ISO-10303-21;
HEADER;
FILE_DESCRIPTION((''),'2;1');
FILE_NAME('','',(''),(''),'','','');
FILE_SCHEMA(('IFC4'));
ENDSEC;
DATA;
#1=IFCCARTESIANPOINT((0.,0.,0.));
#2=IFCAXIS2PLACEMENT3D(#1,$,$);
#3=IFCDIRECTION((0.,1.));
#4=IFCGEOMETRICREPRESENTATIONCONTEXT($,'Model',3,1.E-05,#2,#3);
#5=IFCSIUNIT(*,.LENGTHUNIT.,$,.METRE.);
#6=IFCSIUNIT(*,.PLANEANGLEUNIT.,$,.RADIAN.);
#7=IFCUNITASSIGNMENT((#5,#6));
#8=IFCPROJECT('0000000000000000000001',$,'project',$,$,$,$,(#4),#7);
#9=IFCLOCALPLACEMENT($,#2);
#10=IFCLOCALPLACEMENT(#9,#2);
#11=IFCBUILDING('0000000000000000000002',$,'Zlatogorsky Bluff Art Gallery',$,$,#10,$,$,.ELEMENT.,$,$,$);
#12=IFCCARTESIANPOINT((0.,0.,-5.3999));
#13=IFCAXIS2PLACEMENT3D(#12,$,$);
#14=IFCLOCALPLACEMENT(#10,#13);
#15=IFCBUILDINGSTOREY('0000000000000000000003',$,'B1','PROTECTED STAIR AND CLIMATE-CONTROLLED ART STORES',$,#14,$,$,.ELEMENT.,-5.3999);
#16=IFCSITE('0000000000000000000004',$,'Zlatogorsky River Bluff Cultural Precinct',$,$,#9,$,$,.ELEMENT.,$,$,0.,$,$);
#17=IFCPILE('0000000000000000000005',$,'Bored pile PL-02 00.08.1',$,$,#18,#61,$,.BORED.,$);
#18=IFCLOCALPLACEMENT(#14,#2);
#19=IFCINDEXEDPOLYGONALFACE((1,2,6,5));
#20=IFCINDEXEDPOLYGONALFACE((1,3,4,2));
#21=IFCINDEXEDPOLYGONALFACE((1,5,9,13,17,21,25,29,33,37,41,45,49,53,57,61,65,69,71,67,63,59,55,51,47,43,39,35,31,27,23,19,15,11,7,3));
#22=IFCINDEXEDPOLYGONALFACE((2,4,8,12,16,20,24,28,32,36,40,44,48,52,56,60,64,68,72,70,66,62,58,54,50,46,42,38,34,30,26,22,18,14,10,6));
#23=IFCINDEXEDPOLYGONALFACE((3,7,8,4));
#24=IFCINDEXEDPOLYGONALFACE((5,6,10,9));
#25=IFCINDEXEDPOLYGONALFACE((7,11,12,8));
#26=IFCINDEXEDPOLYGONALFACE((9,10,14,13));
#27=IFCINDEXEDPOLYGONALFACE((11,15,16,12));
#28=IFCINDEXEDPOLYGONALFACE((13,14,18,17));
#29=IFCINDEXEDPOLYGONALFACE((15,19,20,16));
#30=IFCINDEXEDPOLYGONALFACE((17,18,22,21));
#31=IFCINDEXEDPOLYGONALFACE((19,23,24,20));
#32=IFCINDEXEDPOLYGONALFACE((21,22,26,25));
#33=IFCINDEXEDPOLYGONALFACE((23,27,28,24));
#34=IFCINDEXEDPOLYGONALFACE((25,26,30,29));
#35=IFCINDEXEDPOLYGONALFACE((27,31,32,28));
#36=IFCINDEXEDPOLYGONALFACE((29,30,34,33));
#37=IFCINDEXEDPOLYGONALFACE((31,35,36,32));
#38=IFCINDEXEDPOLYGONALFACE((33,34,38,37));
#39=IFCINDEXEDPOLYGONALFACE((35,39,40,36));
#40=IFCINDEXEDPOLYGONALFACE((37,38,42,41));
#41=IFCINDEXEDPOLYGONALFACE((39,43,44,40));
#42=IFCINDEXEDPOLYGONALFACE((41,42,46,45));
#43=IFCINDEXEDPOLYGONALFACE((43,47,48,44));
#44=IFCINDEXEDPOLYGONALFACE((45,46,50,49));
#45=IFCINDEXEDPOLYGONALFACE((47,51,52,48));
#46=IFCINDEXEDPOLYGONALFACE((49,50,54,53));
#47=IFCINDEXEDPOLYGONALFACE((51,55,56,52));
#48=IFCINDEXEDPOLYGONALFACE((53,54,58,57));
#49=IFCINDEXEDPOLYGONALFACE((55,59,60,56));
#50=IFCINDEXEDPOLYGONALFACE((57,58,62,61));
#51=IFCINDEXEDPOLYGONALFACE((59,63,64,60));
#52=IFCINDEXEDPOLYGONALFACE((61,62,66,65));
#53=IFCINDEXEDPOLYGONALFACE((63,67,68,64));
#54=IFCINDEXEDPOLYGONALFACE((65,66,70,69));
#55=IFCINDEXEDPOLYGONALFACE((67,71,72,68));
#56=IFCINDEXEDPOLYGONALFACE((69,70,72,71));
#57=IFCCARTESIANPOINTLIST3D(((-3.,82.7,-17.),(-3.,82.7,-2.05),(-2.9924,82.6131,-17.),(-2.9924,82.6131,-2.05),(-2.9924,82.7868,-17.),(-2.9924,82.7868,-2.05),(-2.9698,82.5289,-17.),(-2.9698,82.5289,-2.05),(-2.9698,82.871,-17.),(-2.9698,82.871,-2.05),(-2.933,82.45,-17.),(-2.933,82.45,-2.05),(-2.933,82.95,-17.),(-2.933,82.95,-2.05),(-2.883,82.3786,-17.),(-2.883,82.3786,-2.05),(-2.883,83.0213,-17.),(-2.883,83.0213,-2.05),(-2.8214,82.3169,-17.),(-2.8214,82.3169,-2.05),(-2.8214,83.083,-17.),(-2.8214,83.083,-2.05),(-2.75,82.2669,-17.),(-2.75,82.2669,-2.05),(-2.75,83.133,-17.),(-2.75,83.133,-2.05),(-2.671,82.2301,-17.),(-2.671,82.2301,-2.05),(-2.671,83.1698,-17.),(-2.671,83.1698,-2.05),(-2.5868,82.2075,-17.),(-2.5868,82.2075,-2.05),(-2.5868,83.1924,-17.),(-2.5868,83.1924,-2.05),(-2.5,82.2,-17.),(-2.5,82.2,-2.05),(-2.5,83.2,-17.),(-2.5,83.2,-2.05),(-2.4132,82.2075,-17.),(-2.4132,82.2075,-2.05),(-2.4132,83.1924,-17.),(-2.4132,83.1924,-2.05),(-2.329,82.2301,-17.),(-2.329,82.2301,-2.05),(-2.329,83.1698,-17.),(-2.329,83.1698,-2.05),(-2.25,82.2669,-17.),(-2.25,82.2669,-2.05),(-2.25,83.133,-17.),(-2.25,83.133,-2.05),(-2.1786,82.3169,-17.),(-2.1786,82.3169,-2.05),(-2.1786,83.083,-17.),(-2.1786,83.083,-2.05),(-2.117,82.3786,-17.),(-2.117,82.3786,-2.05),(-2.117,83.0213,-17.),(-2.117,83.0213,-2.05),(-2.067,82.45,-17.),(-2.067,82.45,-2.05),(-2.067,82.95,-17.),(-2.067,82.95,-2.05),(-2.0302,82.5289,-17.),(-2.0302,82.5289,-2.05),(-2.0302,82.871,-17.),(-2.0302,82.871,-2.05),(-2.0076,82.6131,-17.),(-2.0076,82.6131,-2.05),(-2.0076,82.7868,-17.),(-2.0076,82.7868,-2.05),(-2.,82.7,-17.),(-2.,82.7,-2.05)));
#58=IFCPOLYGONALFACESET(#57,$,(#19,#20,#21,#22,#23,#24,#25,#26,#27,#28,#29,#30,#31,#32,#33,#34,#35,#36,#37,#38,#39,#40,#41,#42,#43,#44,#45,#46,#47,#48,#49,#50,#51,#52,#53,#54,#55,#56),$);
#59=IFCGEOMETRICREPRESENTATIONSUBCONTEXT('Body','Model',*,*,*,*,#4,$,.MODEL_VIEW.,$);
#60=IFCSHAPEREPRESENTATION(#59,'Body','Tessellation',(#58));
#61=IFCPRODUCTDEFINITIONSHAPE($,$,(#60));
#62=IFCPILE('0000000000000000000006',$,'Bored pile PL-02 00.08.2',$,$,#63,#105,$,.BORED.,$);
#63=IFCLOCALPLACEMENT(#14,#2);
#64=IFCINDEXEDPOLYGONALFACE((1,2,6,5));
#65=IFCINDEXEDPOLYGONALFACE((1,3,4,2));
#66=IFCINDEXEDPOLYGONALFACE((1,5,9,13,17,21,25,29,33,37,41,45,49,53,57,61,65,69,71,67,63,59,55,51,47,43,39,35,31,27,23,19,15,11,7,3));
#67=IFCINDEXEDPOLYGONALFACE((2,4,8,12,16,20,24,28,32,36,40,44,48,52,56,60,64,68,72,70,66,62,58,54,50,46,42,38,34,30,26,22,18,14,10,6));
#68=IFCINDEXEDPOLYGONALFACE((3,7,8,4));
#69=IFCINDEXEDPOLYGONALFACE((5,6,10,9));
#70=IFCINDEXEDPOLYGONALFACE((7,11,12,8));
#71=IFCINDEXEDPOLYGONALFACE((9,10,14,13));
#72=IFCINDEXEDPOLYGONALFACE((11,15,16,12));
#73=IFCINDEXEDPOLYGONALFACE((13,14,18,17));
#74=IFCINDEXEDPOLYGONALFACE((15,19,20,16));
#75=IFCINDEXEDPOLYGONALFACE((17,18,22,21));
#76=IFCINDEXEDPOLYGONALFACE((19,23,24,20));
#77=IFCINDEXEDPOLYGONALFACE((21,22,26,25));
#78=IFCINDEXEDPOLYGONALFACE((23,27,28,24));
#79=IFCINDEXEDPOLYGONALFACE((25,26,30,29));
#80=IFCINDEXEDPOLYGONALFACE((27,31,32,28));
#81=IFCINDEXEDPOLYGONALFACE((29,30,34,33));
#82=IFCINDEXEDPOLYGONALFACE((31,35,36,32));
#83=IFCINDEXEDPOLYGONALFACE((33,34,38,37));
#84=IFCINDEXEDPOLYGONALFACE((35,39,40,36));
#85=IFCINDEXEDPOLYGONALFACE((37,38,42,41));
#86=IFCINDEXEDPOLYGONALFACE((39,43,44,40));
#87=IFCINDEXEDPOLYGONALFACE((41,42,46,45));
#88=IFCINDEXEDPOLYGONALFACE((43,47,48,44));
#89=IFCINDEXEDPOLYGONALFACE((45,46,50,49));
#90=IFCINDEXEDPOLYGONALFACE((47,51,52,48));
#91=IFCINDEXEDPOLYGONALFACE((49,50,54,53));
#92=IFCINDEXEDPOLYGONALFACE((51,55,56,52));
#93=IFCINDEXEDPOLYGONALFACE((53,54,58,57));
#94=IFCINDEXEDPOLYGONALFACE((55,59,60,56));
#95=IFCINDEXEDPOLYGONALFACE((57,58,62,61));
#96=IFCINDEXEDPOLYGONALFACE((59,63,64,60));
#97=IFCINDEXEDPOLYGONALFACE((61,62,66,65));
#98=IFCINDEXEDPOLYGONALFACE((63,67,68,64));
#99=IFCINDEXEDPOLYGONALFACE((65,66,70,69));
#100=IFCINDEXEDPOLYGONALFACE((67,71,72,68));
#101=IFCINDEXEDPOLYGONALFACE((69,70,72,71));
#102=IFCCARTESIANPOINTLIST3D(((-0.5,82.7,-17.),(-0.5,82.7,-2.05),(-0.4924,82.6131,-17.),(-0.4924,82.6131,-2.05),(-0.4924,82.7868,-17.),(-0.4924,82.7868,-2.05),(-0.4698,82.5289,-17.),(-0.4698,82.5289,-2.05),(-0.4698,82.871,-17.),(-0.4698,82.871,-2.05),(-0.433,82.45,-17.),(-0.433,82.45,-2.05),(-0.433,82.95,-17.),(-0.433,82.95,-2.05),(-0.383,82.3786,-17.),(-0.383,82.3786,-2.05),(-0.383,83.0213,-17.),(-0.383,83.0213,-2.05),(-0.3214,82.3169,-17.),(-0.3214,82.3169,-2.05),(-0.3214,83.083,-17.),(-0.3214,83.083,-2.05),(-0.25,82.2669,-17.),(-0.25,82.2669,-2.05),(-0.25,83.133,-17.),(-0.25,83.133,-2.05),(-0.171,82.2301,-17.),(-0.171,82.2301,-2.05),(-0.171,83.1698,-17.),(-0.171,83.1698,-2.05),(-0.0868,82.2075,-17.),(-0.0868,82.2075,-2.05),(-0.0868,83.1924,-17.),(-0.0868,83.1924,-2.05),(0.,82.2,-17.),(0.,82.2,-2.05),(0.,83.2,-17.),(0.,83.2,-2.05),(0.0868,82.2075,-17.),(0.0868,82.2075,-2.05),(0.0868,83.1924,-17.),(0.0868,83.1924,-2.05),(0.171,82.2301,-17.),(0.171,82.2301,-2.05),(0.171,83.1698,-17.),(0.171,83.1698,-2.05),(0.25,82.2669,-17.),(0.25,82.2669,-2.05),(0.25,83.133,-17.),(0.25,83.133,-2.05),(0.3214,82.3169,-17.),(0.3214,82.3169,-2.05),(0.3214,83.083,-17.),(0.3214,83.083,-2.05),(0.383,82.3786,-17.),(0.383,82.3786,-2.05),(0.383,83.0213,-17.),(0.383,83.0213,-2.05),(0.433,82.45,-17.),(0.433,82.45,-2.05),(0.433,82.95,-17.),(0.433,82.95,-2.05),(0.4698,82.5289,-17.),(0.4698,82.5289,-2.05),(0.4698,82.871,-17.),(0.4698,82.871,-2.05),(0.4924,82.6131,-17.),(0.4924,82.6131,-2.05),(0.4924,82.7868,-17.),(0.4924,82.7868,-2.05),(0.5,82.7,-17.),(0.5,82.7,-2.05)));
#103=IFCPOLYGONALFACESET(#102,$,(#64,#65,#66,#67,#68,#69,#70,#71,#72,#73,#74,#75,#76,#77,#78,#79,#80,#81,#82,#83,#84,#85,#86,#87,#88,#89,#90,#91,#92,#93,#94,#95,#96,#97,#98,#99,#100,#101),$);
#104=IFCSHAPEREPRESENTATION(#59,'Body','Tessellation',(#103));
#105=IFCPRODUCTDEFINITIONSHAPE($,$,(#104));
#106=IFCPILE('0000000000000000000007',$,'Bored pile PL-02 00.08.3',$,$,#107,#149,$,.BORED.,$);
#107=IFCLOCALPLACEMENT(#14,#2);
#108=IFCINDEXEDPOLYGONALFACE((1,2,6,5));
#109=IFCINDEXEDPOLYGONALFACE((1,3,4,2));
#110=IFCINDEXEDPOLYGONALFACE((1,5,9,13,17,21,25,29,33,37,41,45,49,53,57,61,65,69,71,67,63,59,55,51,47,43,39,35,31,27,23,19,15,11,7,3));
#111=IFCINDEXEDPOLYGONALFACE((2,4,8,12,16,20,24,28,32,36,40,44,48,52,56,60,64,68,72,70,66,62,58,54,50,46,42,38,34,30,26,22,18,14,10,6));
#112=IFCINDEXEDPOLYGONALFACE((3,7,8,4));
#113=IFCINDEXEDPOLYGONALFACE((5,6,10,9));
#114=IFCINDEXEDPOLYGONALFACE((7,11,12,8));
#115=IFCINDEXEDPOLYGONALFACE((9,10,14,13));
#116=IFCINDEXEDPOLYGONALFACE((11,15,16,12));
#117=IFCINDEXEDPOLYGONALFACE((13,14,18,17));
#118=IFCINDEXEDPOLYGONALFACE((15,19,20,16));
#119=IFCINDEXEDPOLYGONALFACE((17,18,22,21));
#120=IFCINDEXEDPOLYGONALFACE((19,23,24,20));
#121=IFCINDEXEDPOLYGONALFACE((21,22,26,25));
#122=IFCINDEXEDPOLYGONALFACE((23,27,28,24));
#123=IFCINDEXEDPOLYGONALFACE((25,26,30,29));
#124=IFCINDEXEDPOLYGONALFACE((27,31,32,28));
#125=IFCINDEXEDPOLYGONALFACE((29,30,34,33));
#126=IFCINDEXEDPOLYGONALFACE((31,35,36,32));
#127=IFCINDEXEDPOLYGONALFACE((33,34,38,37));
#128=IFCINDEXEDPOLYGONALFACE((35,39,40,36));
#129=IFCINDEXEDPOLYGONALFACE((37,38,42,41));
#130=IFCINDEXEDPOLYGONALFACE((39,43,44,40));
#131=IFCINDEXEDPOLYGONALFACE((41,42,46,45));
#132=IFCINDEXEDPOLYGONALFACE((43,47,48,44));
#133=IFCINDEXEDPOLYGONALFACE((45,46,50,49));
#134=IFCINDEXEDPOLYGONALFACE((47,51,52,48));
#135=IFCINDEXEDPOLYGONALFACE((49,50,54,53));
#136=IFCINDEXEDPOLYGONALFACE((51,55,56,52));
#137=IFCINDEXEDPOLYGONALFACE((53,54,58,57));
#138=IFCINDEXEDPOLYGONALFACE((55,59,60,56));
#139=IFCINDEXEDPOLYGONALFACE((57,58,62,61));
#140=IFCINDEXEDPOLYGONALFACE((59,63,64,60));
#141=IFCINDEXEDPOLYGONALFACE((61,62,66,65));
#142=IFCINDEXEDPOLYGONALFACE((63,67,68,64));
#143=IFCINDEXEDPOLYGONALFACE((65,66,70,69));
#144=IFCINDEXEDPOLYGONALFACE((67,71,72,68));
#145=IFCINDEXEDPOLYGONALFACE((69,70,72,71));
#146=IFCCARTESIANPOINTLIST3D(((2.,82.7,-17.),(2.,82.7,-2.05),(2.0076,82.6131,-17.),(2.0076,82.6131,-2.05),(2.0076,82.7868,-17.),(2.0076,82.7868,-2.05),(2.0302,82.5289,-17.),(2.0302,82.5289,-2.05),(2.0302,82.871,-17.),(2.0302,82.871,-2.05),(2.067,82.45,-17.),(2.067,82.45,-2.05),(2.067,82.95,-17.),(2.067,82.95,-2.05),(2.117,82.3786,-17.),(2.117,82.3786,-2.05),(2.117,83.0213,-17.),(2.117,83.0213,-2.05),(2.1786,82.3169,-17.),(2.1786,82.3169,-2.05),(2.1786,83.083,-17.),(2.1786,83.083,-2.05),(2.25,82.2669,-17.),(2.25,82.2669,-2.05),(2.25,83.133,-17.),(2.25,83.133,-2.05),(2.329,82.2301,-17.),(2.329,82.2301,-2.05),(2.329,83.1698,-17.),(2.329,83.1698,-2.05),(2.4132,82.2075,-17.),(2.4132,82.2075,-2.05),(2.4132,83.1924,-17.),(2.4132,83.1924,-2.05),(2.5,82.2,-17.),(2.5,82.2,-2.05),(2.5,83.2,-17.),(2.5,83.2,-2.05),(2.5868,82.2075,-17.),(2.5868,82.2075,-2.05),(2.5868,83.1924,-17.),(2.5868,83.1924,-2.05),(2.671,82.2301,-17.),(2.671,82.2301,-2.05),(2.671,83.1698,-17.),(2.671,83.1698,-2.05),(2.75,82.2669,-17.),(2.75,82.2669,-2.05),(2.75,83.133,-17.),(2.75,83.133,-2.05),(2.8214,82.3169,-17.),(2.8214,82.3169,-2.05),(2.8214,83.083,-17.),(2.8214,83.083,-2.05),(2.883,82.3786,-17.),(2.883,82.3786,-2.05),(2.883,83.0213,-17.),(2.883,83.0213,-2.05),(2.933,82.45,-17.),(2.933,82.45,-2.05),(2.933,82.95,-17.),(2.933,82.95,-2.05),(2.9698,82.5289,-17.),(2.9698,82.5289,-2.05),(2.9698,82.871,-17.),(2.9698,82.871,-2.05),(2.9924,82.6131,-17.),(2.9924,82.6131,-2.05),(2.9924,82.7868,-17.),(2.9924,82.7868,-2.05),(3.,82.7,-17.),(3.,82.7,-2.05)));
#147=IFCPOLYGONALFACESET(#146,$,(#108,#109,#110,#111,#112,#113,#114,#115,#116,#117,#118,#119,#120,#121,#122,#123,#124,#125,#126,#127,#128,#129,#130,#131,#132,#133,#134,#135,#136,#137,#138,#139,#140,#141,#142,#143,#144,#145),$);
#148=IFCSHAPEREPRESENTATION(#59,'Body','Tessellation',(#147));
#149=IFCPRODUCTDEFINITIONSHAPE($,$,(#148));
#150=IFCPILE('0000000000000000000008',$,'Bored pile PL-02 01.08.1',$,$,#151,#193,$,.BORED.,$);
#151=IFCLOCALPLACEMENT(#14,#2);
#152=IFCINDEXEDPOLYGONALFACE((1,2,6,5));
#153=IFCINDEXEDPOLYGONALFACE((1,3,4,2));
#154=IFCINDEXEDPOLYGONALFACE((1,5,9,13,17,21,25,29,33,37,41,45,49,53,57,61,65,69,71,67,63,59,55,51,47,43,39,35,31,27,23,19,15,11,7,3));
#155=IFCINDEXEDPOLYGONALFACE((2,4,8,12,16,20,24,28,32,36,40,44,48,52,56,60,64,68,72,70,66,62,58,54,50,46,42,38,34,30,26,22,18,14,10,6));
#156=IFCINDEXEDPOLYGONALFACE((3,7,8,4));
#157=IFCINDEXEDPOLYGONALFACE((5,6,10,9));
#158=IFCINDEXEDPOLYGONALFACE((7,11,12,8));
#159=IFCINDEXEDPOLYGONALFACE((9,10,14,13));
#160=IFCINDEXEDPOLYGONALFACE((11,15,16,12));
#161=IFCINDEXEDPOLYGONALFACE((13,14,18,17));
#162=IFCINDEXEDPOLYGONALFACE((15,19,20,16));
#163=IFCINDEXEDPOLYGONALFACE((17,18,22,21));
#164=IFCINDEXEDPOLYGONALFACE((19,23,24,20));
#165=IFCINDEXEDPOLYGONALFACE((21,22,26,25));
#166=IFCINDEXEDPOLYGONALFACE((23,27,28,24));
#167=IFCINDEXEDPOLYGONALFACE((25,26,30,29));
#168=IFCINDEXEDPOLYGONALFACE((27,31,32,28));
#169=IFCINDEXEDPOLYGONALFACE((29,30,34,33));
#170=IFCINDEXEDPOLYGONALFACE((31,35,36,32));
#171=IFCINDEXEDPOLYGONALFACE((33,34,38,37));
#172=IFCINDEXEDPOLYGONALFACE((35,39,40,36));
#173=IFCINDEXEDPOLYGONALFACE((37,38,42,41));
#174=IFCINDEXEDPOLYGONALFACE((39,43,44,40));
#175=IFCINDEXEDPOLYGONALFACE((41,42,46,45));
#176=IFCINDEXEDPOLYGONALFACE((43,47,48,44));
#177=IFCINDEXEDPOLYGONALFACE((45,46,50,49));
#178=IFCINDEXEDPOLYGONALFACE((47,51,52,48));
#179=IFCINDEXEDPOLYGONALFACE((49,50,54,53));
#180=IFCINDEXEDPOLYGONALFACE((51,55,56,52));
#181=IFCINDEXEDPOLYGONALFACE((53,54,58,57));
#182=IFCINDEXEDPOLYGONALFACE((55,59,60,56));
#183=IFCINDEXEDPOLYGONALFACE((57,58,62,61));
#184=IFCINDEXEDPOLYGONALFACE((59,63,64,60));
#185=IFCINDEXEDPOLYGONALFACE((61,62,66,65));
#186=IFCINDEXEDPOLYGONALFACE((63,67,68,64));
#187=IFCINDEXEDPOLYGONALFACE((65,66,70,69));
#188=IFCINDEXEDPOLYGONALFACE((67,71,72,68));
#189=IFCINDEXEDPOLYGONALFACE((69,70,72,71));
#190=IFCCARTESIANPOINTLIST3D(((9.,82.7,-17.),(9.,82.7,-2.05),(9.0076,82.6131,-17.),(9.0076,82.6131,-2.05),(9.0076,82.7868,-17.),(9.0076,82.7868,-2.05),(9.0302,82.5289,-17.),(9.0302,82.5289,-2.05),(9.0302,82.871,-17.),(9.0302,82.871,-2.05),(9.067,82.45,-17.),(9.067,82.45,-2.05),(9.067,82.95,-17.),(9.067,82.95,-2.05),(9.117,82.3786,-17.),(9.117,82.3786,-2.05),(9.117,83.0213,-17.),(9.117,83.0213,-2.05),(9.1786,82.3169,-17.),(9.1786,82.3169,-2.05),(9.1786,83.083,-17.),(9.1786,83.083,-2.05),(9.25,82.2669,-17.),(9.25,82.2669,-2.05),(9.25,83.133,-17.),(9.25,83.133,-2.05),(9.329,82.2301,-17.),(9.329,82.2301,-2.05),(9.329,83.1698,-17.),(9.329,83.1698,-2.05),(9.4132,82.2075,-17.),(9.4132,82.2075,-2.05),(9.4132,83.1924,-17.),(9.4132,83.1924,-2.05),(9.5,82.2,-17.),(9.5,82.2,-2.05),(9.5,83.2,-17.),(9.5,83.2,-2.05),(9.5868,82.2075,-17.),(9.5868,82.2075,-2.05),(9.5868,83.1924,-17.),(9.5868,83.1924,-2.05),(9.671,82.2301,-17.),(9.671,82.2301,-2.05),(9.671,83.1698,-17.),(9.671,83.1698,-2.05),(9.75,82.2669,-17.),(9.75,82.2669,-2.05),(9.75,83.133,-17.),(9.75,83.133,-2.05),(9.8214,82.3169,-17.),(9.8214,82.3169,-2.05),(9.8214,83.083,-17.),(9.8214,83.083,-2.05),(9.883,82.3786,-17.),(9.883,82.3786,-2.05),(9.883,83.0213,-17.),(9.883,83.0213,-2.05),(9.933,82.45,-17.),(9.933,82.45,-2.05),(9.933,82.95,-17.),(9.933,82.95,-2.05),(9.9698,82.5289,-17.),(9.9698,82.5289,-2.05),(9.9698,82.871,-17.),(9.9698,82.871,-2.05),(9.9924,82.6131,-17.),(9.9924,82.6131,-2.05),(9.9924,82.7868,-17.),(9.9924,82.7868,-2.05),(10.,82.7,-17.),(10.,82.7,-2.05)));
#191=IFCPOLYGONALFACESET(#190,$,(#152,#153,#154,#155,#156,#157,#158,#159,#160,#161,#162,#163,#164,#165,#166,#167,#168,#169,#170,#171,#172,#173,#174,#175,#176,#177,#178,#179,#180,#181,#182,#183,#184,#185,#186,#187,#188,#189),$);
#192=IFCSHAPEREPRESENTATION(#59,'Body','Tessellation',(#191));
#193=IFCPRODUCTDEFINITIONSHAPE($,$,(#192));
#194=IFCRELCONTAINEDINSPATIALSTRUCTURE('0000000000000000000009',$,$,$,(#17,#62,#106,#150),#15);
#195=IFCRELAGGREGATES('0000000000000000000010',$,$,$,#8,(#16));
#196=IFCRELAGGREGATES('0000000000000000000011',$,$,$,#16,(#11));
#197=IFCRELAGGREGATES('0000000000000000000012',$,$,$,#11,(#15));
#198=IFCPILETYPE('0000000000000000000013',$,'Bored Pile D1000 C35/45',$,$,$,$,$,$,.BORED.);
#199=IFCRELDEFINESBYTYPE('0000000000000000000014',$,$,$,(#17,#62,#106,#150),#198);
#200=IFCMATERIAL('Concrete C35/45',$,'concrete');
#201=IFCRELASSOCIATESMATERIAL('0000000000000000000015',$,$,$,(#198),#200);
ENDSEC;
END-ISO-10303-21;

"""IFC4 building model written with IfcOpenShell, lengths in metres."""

from ifc_helpers import new_model, si_unit, direction, frame, origin, origin_2d, place, context, subcontext, project, spatial, circle, extrude, material, material_profile, profile_set, type_object, element, save


model = new_model("IFC4")

# Units and contexts
model_context = context("Model", 3, precision=1e-05, world=origin(), true_north=direction((0.0, 1.0)))
body_context = subcontext(model_context, "Body", "Model", "MODEL_VIEW")
ifc_project = project(units=[si_unit("LENGTHUNIT", "METRE"), si_unit("PLANEANGLEUNIT", "RADIAN")], contexts=[model_context])

# Site, building, storey
site_placement = place(None, origin())
site = spatial("IfcSite", under=ifc_project, at=site_placement, Name="Zlatogorsky River Bluff Cultural Precinct", CompositionType="ELEMENT", RefElevation=0.0)
building_placement = place(site_placement, origin())
building = spatial("IfcBuilding", under=site, at=building_placement, Name="Zlatogorsky Bluff Art Gallery", CompositionType="ELEMENT")
storey_placement = place(building_placement, frame((0.0, 0.0, -5.3999)))
storey = spatial("IfcBuildingStorey", under=building, at=storey_placement, Name="B1", Description="PROTECTED STAIR AND CLIMATE-CONTROLLED ART STORES", CompositionType="ELEMENT", Elevation=-5.3999)

# Piles
ifc_material_1 = material(Name="Concrete C35/45", Category="concrete")
ifc_material_profile_1 = material_profile(ifc_material_1, circle(Radius=0.5, at=origin_2d()), Name="BORED PILE D1000")
ifc_profile_set_1 = profile_set([ifc_material_profile_1], Name="Concrete C35/45")
pile_type_1 = type_object("IfcPileType", Name="Bored Pile D1000 C35/45", PredefinedType="BORED", material=ifc_profile_set_1)
for number, where, z_axis, x_axis, name in (
    (1, (-2.5, 82.7, -2.05), (0.0, 0.0, -1.0), (1.0, 0.0, 0.0), "Bored pile PL-02 00.08.1"),
    (2, (0.0, 82.7, -2.05), (0.0, 0.0, -1.0), (1.0, 0.0, 0.0), "Bored pile PL-02 00.08.2"),
    (3, (2.5, 82.7, -2.05), (0.0, 0.0, -1.0), (1.0, 0.0, 0.0), "Bored pile PL-02 00.08.3"),
    (4, (9.5, 82.7, -2.05), (0.0, 0.0, -1.0), (1.0, 0.0, 0.0), "Bored pile PL-02 01.08.1"),
):
    element("IfcPile", number, at=place(storey_placement, frame(where, z_axis=z_axis, x_axis=x_axis)), inside=storey, type_object=pile_type_1, Name=name, PredefinedType="BORED", context=body_context, shape_type="SweptSolid", body=[
        extrude(circle(Radius=0.5, at=origin_2d()), origin(), (0.0, 0.0, 1.0), 14.95),
    ])

save(model, "model.ifc")
